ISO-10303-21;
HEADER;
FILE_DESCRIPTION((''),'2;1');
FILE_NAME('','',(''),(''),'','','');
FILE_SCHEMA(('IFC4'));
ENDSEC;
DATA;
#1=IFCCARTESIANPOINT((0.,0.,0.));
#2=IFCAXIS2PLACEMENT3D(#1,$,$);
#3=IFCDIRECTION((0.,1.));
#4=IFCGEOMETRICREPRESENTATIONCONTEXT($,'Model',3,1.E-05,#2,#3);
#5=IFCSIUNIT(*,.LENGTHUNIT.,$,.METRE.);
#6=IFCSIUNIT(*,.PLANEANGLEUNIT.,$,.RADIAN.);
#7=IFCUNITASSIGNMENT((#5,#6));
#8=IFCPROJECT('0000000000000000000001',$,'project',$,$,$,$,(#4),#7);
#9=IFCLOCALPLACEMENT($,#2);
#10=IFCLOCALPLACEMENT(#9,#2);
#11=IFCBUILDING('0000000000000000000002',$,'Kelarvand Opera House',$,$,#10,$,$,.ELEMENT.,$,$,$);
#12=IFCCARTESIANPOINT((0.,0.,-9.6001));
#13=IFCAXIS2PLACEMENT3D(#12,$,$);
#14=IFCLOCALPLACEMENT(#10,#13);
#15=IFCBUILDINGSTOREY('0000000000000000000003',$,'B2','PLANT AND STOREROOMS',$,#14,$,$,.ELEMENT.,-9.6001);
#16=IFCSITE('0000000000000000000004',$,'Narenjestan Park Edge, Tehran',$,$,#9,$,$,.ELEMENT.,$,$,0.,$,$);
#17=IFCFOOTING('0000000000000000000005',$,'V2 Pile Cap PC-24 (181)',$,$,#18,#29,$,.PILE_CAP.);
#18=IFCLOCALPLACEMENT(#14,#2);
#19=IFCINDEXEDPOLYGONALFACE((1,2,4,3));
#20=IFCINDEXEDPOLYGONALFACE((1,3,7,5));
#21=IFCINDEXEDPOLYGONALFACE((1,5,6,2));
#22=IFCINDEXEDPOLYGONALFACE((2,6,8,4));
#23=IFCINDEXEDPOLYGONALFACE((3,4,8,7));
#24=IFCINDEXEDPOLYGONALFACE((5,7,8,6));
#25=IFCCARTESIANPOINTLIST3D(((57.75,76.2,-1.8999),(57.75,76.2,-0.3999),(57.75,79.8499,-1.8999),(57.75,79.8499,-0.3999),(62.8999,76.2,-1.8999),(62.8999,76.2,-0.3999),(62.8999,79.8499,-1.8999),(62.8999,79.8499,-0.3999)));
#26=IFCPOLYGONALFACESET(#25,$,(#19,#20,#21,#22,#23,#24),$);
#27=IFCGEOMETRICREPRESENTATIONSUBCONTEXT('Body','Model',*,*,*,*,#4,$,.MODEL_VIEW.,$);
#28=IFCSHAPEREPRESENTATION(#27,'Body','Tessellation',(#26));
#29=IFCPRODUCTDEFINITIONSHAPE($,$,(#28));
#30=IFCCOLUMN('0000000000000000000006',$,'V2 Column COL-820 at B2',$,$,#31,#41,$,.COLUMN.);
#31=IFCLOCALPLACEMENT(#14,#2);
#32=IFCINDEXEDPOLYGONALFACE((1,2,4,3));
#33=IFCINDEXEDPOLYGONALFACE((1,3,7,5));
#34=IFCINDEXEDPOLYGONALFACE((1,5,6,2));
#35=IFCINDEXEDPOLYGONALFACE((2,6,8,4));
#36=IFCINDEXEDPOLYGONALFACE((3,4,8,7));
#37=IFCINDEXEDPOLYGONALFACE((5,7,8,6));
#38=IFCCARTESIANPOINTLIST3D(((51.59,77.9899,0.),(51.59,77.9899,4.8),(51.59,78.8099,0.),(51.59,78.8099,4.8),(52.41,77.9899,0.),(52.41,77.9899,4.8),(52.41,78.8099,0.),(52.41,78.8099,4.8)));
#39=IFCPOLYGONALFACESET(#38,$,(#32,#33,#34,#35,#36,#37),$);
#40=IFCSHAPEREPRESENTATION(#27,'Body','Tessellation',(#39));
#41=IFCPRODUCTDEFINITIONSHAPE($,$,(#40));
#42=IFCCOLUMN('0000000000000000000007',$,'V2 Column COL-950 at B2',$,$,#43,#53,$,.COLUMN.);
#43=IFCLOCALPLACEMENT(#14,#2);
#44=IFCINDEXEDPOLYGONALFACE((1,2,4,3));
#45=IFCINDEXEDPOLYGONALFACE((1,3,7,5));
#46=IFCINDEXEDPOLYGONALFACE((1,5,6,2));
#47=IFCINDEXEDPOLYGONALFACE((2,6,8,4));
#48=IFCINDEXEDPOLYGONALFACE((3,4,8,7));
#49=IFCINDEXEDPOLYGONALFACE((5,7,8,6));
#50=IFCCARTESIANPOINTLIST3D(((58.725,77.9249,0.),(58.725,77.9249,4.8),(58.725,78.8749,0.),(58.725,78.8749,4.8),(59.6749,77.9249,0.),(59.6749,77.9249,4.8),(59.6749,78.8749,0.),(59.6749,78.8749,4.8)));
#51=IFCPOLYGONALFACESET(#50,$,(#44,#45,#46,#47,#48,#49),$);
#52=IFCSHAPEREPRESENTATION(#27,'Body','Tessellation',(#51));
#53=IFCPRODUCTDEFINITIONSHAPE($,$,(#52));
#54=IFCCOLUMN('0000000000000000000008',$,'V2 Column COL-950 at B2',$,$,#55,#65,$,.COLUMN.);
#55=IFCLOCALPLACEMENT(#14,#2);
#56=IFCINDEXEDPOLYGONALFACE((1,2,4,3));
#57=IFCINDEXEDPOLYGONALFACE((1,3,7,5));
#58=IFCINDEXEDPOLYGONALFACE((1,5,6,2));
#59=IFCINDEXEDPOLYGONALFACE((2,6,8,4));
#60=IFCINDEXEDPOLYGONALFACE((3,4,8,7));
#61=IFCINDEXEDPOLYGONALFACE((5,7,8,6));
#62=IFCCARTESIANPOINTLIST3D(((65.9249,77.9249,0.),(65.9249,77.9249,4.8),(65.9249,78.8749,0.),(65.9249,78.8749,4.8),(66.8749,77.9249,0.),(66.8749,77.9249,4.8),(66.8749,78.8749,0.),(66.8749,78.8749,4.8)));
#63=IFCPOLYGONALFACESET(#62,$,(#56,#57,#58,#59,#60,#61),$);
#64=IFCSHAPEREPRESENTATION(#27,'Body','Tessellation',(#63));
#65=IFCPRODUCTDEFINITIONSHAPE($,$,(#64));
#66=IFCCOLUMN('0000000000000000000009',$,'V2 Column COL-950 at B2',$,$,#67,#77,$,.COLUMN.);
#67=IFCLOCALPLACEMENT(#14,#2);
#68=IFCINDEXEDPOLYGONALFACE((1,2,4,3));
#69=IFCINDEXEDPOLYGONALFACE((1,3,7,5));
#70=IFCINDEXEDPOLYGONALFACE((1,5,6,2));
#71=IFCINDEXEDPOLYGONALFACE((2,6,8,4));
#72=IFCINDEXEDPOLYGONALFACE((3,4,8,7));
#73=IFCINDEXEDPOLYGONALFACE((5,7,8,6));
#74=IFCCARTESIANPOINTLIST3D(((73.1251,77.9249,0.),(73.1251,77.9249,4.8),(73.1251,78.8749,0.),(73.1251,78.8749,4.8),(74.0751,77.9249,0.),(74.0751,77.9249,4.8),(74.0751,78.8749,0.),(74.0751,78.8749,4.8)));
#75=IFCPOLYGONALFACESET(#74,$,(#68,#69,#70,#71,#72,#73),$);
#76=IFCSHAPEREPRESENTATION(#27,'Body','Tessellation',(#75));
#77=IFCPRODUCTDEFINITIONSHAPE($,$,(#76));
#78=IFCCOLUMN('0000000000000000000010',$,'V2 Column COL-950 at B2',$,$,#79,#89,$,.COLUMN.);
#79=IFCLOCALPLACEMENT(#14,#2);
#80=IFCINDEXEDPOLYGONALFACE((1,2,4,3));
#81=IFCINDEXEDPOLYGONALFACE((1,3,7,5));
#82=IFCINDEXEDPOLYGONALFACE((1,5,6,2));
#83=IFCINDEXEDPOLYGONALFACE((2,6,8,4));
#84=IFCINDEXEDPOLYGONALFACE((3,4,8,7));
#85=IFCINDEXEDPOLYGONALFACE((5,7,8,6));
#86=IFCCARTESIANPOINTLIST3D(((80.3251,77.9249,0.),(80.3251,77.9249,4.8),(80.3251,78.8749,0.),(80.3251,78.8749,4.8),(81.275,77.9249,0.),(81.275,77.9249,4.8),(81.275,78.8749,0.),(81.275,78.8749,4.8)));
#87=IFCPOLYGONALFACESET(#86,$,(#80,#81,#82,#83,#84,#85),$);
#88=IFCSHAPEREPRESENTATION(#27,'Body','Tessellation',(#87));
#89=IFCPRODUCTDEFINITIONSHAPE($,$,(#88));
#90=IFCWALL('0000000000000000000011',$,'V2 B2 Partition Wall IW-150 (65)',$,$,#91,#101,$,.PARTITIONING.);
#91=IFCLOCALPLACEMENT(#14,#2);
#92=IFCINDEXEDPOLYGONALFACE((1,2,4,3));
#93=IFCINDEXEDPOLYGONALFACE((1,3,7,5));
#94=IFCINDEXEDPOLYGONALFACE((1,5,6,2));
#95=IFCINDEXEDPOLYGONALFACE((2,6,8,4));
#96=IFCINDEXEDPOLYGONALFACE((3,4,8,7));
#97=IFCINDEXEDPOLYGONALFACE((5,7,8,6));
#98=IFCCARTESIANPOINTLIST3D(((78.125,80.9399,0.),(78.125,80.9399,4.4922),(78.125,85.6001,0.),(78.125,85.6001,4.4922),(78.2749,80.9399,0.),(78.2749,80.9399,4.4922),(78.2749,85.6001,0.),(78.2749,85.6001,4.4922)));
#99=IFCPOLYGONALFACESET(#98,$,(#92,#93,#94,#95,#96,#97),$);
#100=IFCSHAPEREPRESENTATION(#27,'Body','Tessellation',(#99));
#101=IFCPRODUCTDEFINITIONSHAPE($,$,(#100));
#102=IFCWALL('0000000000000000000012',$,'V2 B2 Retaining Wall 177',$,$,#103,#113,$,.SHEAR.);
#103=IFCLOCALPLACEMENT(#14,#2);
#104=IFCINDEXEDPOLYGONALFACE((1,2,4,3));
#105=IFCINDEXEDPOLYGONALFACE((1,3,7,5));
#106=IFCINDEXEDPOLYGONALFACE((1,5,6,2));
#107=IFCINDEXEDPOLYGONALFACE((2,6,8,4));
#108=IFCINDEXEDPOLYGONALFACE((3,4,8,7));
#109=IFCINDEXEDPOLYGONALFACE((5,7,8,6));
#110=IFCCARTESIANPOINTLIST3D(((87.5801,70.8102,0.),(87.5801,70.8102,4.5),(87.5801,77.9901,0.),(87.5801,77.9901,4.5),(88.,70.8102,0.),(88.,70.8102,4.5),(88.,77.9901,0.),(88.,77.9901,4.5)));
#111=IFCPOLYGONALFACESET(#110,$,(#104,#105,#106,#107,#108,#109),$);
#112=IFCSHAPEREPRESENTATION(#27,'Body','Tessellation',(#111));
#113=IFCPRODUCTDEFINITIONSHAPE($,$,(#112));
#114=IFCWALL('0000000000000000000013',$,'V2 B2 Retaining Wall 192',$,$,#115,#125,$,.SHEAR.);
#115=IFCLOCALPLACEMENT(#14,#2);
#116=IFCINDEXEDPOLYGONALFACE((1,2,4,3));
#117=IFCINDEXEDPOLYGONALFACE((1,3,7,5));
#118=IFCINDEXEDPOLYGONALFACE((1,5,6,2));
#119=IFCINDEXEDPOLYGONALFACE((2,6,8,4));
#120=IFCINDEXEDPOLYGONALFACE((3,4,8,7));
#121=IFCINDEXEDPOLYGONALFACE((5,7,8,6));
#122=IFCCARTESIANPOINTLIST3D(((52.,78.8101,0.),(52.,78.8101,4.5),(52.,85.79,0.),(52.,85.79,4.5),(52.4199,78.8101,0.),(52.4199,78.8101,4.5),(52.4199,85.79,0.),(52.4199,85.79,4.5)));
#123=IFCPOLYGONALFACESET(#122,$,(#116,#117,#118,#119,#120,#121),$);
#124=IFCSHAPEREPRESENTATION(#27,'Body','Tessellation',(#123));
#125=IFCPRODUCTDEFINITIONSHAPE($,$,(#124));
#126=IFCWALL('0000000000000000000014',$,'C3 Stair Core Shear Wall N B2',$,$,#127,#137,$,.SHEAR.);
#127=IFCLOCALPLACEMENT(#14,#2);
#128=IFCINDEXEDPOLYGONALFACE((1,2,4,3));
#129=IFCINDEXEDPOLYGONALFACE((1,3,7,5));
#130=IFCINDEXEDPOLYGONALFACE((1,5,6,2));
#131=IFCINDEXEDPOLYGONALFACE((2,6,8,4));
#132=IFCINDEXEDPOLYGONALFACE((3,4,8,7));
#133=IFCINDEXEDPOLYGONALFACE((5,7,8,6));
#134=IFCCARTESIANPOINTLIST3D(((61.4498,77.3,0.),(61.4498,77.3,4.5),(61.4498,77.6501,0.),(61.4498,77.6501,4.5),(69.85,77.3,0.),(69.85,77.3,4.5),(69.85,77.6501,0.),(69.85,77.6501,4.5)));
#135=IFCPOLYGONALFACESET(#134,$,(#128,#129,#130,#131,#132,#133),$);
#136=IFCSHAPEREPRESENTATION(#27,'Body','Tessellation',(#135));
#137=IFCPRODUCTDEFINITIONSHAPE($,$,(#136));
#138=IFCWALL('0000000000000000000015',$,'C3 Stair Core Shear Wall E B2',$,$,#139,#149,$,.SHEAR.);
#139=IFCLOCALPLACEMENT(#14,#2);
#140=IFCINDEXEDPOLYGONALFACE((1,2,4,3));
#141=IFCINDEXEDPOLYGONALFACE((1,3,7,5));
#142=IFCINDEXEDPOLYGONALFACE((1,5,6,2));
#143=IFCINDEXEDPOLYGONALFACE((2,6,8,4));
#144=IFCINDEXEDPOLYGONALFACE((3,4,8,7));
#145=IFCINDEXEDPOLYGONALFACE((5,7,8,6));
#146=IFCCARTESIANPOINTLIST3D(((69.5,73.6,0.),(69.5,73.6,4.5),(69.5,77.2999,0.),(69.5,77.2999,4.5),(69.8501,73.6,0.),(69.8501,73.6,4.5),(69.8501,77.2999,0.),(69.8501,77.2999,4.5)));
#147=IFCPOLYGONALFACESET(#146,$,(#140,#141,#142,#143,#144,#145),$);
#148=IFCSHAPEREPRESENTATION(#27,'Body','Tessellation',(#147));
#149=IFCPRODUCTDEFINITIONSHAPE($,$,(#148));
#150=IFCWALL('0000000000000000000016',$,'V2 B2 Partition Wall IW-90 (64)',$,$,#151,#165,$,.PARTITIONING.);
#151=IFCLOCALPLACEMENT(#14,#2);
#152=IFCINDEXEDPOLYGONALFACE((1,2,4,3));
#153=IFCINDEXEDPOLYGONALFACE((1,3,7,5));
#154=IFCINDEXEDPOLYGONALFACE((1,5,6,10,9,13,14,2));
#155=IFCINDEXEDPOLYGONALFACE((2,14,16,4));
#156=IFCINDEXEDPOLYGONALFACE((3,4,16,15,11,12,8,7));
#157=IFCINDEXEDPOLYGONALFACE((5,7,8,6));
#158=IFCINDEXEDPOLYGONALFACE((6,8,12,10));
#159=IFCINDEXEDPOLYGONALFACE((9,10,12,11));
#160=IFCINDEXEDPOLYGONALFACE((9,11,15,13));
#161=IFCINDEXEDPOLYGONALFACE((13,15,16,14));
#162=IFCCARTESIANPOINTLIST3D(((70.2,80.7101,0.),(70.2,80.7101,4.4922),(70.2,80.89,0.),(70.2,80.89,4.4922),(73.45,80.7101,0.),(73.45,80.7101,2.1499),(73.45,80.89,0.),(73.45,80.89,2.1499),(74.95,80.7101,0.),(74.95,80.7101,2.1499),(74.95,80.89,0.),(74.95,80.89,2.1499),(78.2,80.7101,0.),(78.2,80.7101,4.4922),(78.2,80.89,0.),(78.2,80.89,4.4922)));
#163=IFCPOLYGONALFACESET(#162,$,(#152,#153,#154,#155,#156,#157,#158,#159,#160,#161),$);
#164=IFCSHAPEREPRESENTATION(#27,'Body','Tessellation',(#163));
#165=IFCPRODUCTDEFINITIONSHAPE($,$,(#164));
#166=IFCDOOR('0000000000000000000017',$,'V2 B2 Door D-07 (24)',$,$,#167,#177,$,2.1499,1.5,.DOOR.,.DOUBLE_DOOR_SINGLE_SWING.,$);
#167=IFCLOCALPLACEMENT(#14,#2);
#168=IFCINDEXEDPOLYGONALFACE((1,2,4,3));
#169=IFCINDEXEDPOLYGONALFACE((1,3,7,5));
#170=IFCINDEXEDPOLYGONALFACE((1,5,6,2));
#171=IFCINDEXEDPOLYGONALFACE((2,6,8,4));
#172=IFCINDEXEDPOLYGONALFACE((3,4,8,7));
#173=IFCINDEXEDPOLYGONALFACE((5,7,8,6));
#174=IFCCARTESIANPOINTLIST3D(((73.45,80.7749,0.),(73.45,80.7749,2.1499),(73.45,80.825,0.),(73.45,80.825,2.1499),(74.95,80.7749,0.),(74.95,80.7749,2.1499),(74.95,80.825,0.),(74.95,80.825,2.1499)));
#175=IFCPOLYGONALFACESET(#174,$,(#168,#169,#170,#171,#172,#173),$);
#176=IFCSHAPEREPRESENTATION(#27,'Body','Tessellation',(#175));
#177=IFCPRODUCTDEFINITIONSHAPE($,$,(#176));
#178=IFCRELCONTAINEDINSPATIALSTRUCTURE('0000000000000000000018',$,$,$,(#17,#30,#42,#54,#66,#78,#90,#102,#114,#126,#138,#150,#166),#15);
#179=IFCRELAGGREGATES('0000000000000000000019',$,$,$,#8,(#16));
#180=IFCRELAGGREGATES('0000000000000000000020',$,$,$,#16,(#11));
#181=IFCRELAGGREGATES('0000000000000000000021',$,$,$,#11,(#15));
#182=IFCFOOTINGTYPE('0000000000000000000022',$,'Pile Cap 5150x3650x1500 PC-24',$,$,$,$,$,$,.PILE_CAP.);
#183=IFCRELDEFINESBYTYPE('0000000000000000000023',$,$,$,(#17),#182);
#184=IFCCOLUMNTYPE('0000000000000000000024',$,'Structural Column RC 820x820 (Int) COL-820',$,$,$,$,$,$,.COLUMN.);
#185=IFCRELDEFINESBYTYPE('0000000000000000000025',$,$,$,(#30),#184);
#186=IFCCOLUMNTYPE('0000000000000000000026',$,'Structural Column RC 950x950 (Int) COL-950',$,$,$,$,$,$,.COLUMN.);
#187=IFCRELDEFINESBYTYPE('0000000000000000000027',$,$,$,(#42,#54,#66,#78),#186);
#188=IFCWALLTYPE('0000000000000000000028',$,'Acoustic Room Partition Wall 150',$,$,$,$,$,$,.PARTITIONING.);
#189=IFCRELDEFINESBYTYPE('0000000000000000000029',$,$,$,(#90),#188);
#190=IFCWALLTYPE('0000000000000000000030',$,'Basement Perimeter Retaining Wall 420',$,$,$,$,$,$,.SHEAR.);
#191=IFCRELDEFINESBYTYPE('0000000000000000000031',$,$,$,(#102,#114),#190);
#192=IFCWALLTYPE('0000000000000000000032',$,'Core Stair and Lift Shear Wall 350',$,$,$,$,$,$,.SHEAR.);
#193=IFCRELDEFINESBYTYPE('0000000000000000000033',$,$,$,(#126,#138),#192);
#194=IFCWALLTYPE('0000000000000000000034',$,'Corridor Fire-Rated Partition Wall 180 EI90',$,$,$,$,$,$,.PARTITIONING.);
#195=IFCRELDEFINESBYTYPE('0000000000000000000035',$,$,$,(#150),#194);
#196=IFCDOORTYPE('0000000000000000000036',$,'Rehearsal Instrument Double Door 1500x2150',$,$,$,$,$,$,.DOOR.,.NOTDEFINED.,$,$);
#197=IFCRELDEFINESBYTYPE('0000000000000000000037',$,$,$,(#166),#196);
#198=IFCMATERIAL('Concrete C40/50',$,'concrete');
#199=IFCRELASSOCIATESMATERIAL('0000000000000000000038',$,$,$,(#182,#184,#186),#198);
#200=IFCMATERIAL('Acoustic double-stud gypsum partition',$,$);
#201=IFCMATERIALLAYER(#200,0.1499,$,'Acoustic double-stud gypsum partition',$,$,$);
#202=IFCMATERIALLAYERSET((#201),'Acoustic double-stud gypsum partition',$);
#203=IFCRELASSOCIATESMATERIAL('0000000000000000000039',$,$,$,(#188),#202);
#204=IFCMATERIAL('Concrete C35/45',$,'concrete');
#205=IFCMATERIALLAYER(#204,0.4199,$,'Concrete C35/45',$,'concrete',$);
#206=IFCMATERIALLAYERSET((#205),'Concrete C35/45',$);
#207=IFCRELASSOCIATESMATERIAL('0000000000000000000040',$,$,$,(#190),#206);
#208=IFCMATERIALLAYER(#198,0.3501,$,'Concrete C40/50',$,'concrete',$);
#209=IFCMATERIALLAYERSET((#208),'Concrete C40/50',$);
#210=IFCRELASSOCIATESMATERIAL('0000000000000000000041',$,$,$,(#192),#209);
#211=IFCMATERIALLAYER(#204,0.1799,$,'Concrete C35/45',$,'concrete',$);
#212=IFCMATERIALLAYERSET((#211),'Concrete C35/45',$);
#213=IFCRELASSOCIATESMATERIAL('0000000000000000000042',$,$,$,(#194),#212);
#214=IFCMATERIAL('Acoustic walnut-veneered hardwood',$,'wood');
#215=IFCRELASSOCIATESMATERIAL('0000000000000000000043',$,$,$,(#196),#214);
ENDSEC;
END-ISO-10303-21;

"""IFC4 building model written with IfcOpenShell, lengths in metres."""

from ifc_helpers import new_model, si_unit, direction, frame, frame_2d, origin, origin_2d, place, context, subcontext, project, spatial, rectangle, extrude, material, layer, layer_set, material_profile, profile_set, type_object, element, fill, save


model = new_model("IFC4")

# Units and contexts
model_context = context("Model", 3, precision=1e-05, world=origin(), true_north=direction((0.0, 1.0)))
body_context = subcontext(model_context, "Body", "Model", "MODEL_VIEW")
ifc_project = project(units=[si_unit("LENGTHUNIT", "METRE"), si_unit("PLANEANGLEUNIT", "RADIAN")], contexts=[model_context])

# Site, building, storey
site_placement = place(None, origin())
site = spatial("IfcSite", under=ifc_project, at=site_placement, Name="Narenjestan Park Edge, Tehran", CompositionType="ELEMENT", RefElevation=0.0)
building_placement = place(site_placement, origin())
building = spatial("IfcBuilding", under=site, at=building_placement, Name="Kelarvand Opera House", CompositionType="ELEMENT")
storey_placement = place(building_placement, frame((0.0, 0.0, -9.6001)))
storey = spatial("IfcBuildingStorey", under=building, at=storey_placement, Name="B2", Description="PLANT AND STOREROOMS", CompositionType="ELEMENT", Elevation=-9.6001)

# Shared definitions
ifc_material_1 = material(Name="Concrete C40/50", Category="concrete")

# Footing
footing_type_1 = type_object("IfcFootingType", Name="Pile Cap 5150x3650x1500 PC-24", PredefinedType="PILE_CAP", material=ifc_material_1)
footing_1_placement = place(storey_placement, frame((60.325, 78.0249, -1.8999), z_axis=(0.0, 0.0, 1.0), x_axis=(1.0, 0.0, 0.0)))
element("IfcFooting", 1, at=footing_1_placement, inside=storey, type_object=footing_type_1, Name="V2 Pile Cap PC-24 (181)", PredefinedType="PILE_CAP", context=body_context, shape_type="SweptSolid", body=[
    extrude(rectangle(XDim=5.1499, YDim=3.6499, at=origin_2d()), origin(), (0.0, 0.0, 1.0), 1.5),
])

# Columns
ifc_material_profile_1 = material_profile(ifc_material_1, rectangle(XDim=0.8201, YDim=0.8201, at=origin_2d()), Name="RC 820x820", Category="concrete")
ifc_profile_set_1 = profile_set([ifc_material_profile_1], Name="Concrete C40/50")
column_type_1 = type_object("IfcColumnType", Name="Structural Column RC 820x820 (Int) COL-820", PredefinedType="COLUMN", material=ifc_profile_set_1)
column_placement = place(storey_placement, frame((52.0, 78.3999, 0.0), z_axis=(0.0, 0.0, 1.0), x_axis=(1.0, 0.0, 0.0)))
element("IfcColumn", 2, at=column_placement, inside=storey, type_object=column_type_1, Name="V2 Column COL-820 at B2", PredefinedType="COLUMN", context=body_context, shape_type="SweptSolid", body=[
    extrude(rectangle(XDim=0.8201, YDim=0.8201, at=origin_2d()), origin(), (0.0, 0.0, 1.0), 4.8),
])
ifc_material_profile_2 = material_profile(ifc_material_1, rectangle(XDim=0.95, YDim=0.95, at=origin_2d()), Name="RC 950x950", Category="concrete")
ifc_profile_set_2 = profile_set([ifc_material_profile_2], Name="Concrete C40/50")
column_type_2 = type_object("IfcColumnType", Name="Structural Column RC 950x950 (Int) COL-950", PredefinedType="COLUMN", material=ifc_profile_set_2)
for number, where, z_axis, x_axis, name in (
    (3, (59.2, 78.3999, 0.0), (0.0, 0.0, 1.0), (1.0, 0.0, 0.0), "V2 Column COL-950 at B2"),
    (4, (66.3999, 78.3999, 0.0), (0.0, 0.0, 1.0), (1.0, 0.0, 0.0), "V2 Column COL-950 at B2"),
    (5, (73.6001, 78.3999, 0.0), (0.0, 0.0, 1.0), (1.0, 0.0, 0.0), "V2 Column COL-950 at B2"),
    (6, (80.8, 78.3999, 0.0), (0.0, 0.0, 1.0), (1.0, 0.0, 0.0), "V2 Column COL-950 at B2"),
):
    element("IfcColumn", number, at=place(storey_placement, frame(where, z_axis=z_axis, x_axis=x_axis)), inside=storey, type_object=column_type_2, Name=name, PredefinedType="COLUMN", context=body_context, shape_type="SweptSolid", body=[
        extrude(rectangle(XDim=0.95, YDim=0.95, at=origin_2d()), origin(), (0.0, 0.0, 1.0), 4.8),
    ])

# Walls
ifc_material_2 = material(Name="Acoustic double-stud gypsum partition")
ifc_layer_1 = layer(ifc_material_2, 0.1499, Name="Acoustic double-stud gypsum partition")
ifc_layer_set_1 = layer_set([ifc_layer_1], Name="Acoustic double-stud gypsum partition")
wall_type_1 = type_object("IfcWallType", Name="Acoustic Room Partition Wall 150", PredefinedType="PARTITIONING", material=ifc_layer_set_1)
wall_1_placement = place(storey_placement, frame((78.2, 80.9399, 0.0), z_axis=(0.0, 0.0, 1.0), x_axis=(0.0, 1.0, 0.0)))
element("IfcWall", 7, at=wall_1_placement, inside=storey, type_object=wall_type_1, Name="V2 B2 Partition Wall IW-150 (65)", PredefinedType="PARTITIONING", context=body_context, shape_type="SweptSolid", body=[
    extrude(rectangle(XDim=4.6602, YDim=0.1499, at=frame_2d((2.3301, 0.0))), origin(), (0.0, 0.0, 1.0), 4.4922),
])
ifc_material_3 = material(Name="Concrete C35/45", Category="concrete")
ifc_layer_2 = layer(ifc_material_3, 0.4199, Name="Concrete C35/45", Category="concrete")
ifc_layer_set_2 = layer_set([ifc_layer_2], Name="Concrete C35/45")
wall_type_2 = type_object("IfcWallType", Name="Basement Perimeter Retaining Wall 420", PredefinedType="SHEAR", material=ifc_layer_set_2)
wall_2_placement = place(storey_placement, frame((87.79, 77.99, 0.0), z_axis=(0.0, 0.0, 1.0), x_axis=(0.0, -1.0, 0.0)))
element("IfcWall", 8, at=wall_2_placement, inside=storey, type_object=wall_type_2, Name="V2 B2 Retaining Wall 177", PredefinedType="SHEAR", context=body_context, shape_type="SweptSolid", body=[
    extrude(rectangle(XDim=7.1799, YDim=0.4199, at=frame_2d((3.5898, 0.0))), origin(), (0.0, 0.0, 1.0), 4.5),
])
wall_3_placement = place(storey_placement, frame((52.21, 78.8101, 0.0), z_axis=(0.0, 0.0, 1.0), x_axis=(0.0, 1.0, 0.0)))
element("IfcWall", 9, at=wall_3_placement, inside=storey, type_object=wall_type_2, Name="V2 B2 Retaining Wall 192", PredefinedType="SHEAR", context=body_context, shape_type="SweptSolid", body=[
    extrude(rectangle(XDim=6.98, YDim=0.4199, at=frame_2d((3.49, 0.0))), origin(), (0.0, 0.0, 1.0), 4.5),
])
ifc_layer_3 = layer(ifc_material_1, 0.3501, Name="Concrete C40/50", Category="concrete")
ifc_layer_set_3 = layer_set([ifc_layer_3], Name="Concrete C40/50")
wall_type_3 = type_object("IfcWallType", Name="Core Stair and Lift Shear Wall 350", PredefinedType="SHEAR", material=ifc_layer_set_3)
wall_4_placement = place(storey_placement, frame((69.8501, 77.4751, 0.0), z_axis=(0.0, 0.0, 1.0), x_axis=(-1.0, 0.0, 0.0)))
element("IfcWall", 10, at=wall_4_placement, inside=storey, type_object=wall_type_3, Name="C3 Stair Core Shear Wall N B2", PredefinedType="SHEAR", context=body_context, shape_type="SweptSolid", body=[
    extrude(rectangle(XDim=8.4001, YDim=0.3501, at=frame_2d((4.2002, 0.0))), origin(), (0.0, 0.0, 1.0), 4.5),
])
wall_5_placement = place(storey_placement, frame((69.675, 77.3, 0.0), z_axis=(0.0, 0.0, 1.0), x_axis=(0.0, -1.0, 0.0)))
element("IfcWall", 11, at=wall_5_placement, inside=storey, type_object=wall_type_3, Name="C3 Stair Core Shear Wall E B2", PredefinedType="SHEAR", context=body_context, shape_type="SweptSolid", body=[
    extrude(rectangle(XDim=3.7, YDim=0.3501, at=frame_2d((1.8501, 0.0))), origin(), (0.0, 0.0, 1.0), 4.5),
])

# Wall, opening, door
ifc_layer_4 = layer(ifc_material_3, 0.1799, Name="Concrete C35/45", Category="concrete")
ifc_layer_set_4 = layer_set([ifc_layer_4], Name="Concrete C35/45")
wall_type_4 = type_object("IfcWallType", Name="Corridor Fire-Rated Partition Wall 180 EI90", PredefinedType="PARTITIONING", material=ifc_layer_set_4)
wall_6_placement = place(storey_placement, frame((70.2, 80.8, 0.0), z_axis=(0.0, 0.0, 1.0), x_axis=(1.0, 0.0, 0.0)))
wall_6 = element("IfcWall", 12, at=wall_6_placement, inside=storey, type_object=wall_type_4, Name="V2 B2 Partition Wall IW-90 (64)", PredefinedType="PARTITIONING", context=body_context, shape_type="SweptSolid", body=[
    extrude(rectangle(XDim=8.0, YDim=0.1799, at=frame_2d((4.0, 0.0))), origin(), (0.0, 0.0, 1.0), 4.4922),
])
opening_1_placement = place(wall_6_placement, frame((3.25, 0.0, 0.0)))
opening_1 = element("IfcOpeningElement", 13, at=opening_1_placement, cuts=wall_6, PredefinedType="OPENING", context=body_context, shape_type="SweptSolid", body=[
    extrude(rectangle(XDim=1.5, YDim=2.1499, at=frame_2d((0.75, 1.075))), frame((0.0, 0.1001, 0.0), z_axis=(0.0, -1.0, 0.0), x_axis=(1.0, 0.0, 0.0)), (0.0, 0.0, 1.0), 0.2),
])
ifc_material_4 = material(Name="Acoustic walnut-veneered hardwood", Category="wood")
door_type_1 = type_object("IfcDoorType", Name="Rehearsal Instrument Double Door 1500x2150", OperationType="NOTDEFINED", PredefinedType="DOOR", material=ifc_material_4)
door_1_placement = place(opening_1_placement, origin())
door_1 = element("IfcDoor", 14, at=door_1_placement, inside=storey, type_object=door_type_1, Name="V2 B2 Door D-07 (24)", OperationType="DOUBLE_DOOR_SINGLE_SWING", OverallHeight=2.1499, OverallWidth=1.5, PredefinedType="DOOR", context=body_context, shape_type="SweptSolid", body=[
    extrude(rectangle(XDim=1.5, YDim=2.1499, at=frame_2d((0.75, 1.075))), frame((0.0, 0.0249, 0.0), z_axis=(0.0, -1.0, 0.0), x_axis=(1.0, 0.0, 0.0)), (0.0, 0.0, 1.0), 0.05),
])
fill(opening_1, door_1)

save(model, "model.ifc")
